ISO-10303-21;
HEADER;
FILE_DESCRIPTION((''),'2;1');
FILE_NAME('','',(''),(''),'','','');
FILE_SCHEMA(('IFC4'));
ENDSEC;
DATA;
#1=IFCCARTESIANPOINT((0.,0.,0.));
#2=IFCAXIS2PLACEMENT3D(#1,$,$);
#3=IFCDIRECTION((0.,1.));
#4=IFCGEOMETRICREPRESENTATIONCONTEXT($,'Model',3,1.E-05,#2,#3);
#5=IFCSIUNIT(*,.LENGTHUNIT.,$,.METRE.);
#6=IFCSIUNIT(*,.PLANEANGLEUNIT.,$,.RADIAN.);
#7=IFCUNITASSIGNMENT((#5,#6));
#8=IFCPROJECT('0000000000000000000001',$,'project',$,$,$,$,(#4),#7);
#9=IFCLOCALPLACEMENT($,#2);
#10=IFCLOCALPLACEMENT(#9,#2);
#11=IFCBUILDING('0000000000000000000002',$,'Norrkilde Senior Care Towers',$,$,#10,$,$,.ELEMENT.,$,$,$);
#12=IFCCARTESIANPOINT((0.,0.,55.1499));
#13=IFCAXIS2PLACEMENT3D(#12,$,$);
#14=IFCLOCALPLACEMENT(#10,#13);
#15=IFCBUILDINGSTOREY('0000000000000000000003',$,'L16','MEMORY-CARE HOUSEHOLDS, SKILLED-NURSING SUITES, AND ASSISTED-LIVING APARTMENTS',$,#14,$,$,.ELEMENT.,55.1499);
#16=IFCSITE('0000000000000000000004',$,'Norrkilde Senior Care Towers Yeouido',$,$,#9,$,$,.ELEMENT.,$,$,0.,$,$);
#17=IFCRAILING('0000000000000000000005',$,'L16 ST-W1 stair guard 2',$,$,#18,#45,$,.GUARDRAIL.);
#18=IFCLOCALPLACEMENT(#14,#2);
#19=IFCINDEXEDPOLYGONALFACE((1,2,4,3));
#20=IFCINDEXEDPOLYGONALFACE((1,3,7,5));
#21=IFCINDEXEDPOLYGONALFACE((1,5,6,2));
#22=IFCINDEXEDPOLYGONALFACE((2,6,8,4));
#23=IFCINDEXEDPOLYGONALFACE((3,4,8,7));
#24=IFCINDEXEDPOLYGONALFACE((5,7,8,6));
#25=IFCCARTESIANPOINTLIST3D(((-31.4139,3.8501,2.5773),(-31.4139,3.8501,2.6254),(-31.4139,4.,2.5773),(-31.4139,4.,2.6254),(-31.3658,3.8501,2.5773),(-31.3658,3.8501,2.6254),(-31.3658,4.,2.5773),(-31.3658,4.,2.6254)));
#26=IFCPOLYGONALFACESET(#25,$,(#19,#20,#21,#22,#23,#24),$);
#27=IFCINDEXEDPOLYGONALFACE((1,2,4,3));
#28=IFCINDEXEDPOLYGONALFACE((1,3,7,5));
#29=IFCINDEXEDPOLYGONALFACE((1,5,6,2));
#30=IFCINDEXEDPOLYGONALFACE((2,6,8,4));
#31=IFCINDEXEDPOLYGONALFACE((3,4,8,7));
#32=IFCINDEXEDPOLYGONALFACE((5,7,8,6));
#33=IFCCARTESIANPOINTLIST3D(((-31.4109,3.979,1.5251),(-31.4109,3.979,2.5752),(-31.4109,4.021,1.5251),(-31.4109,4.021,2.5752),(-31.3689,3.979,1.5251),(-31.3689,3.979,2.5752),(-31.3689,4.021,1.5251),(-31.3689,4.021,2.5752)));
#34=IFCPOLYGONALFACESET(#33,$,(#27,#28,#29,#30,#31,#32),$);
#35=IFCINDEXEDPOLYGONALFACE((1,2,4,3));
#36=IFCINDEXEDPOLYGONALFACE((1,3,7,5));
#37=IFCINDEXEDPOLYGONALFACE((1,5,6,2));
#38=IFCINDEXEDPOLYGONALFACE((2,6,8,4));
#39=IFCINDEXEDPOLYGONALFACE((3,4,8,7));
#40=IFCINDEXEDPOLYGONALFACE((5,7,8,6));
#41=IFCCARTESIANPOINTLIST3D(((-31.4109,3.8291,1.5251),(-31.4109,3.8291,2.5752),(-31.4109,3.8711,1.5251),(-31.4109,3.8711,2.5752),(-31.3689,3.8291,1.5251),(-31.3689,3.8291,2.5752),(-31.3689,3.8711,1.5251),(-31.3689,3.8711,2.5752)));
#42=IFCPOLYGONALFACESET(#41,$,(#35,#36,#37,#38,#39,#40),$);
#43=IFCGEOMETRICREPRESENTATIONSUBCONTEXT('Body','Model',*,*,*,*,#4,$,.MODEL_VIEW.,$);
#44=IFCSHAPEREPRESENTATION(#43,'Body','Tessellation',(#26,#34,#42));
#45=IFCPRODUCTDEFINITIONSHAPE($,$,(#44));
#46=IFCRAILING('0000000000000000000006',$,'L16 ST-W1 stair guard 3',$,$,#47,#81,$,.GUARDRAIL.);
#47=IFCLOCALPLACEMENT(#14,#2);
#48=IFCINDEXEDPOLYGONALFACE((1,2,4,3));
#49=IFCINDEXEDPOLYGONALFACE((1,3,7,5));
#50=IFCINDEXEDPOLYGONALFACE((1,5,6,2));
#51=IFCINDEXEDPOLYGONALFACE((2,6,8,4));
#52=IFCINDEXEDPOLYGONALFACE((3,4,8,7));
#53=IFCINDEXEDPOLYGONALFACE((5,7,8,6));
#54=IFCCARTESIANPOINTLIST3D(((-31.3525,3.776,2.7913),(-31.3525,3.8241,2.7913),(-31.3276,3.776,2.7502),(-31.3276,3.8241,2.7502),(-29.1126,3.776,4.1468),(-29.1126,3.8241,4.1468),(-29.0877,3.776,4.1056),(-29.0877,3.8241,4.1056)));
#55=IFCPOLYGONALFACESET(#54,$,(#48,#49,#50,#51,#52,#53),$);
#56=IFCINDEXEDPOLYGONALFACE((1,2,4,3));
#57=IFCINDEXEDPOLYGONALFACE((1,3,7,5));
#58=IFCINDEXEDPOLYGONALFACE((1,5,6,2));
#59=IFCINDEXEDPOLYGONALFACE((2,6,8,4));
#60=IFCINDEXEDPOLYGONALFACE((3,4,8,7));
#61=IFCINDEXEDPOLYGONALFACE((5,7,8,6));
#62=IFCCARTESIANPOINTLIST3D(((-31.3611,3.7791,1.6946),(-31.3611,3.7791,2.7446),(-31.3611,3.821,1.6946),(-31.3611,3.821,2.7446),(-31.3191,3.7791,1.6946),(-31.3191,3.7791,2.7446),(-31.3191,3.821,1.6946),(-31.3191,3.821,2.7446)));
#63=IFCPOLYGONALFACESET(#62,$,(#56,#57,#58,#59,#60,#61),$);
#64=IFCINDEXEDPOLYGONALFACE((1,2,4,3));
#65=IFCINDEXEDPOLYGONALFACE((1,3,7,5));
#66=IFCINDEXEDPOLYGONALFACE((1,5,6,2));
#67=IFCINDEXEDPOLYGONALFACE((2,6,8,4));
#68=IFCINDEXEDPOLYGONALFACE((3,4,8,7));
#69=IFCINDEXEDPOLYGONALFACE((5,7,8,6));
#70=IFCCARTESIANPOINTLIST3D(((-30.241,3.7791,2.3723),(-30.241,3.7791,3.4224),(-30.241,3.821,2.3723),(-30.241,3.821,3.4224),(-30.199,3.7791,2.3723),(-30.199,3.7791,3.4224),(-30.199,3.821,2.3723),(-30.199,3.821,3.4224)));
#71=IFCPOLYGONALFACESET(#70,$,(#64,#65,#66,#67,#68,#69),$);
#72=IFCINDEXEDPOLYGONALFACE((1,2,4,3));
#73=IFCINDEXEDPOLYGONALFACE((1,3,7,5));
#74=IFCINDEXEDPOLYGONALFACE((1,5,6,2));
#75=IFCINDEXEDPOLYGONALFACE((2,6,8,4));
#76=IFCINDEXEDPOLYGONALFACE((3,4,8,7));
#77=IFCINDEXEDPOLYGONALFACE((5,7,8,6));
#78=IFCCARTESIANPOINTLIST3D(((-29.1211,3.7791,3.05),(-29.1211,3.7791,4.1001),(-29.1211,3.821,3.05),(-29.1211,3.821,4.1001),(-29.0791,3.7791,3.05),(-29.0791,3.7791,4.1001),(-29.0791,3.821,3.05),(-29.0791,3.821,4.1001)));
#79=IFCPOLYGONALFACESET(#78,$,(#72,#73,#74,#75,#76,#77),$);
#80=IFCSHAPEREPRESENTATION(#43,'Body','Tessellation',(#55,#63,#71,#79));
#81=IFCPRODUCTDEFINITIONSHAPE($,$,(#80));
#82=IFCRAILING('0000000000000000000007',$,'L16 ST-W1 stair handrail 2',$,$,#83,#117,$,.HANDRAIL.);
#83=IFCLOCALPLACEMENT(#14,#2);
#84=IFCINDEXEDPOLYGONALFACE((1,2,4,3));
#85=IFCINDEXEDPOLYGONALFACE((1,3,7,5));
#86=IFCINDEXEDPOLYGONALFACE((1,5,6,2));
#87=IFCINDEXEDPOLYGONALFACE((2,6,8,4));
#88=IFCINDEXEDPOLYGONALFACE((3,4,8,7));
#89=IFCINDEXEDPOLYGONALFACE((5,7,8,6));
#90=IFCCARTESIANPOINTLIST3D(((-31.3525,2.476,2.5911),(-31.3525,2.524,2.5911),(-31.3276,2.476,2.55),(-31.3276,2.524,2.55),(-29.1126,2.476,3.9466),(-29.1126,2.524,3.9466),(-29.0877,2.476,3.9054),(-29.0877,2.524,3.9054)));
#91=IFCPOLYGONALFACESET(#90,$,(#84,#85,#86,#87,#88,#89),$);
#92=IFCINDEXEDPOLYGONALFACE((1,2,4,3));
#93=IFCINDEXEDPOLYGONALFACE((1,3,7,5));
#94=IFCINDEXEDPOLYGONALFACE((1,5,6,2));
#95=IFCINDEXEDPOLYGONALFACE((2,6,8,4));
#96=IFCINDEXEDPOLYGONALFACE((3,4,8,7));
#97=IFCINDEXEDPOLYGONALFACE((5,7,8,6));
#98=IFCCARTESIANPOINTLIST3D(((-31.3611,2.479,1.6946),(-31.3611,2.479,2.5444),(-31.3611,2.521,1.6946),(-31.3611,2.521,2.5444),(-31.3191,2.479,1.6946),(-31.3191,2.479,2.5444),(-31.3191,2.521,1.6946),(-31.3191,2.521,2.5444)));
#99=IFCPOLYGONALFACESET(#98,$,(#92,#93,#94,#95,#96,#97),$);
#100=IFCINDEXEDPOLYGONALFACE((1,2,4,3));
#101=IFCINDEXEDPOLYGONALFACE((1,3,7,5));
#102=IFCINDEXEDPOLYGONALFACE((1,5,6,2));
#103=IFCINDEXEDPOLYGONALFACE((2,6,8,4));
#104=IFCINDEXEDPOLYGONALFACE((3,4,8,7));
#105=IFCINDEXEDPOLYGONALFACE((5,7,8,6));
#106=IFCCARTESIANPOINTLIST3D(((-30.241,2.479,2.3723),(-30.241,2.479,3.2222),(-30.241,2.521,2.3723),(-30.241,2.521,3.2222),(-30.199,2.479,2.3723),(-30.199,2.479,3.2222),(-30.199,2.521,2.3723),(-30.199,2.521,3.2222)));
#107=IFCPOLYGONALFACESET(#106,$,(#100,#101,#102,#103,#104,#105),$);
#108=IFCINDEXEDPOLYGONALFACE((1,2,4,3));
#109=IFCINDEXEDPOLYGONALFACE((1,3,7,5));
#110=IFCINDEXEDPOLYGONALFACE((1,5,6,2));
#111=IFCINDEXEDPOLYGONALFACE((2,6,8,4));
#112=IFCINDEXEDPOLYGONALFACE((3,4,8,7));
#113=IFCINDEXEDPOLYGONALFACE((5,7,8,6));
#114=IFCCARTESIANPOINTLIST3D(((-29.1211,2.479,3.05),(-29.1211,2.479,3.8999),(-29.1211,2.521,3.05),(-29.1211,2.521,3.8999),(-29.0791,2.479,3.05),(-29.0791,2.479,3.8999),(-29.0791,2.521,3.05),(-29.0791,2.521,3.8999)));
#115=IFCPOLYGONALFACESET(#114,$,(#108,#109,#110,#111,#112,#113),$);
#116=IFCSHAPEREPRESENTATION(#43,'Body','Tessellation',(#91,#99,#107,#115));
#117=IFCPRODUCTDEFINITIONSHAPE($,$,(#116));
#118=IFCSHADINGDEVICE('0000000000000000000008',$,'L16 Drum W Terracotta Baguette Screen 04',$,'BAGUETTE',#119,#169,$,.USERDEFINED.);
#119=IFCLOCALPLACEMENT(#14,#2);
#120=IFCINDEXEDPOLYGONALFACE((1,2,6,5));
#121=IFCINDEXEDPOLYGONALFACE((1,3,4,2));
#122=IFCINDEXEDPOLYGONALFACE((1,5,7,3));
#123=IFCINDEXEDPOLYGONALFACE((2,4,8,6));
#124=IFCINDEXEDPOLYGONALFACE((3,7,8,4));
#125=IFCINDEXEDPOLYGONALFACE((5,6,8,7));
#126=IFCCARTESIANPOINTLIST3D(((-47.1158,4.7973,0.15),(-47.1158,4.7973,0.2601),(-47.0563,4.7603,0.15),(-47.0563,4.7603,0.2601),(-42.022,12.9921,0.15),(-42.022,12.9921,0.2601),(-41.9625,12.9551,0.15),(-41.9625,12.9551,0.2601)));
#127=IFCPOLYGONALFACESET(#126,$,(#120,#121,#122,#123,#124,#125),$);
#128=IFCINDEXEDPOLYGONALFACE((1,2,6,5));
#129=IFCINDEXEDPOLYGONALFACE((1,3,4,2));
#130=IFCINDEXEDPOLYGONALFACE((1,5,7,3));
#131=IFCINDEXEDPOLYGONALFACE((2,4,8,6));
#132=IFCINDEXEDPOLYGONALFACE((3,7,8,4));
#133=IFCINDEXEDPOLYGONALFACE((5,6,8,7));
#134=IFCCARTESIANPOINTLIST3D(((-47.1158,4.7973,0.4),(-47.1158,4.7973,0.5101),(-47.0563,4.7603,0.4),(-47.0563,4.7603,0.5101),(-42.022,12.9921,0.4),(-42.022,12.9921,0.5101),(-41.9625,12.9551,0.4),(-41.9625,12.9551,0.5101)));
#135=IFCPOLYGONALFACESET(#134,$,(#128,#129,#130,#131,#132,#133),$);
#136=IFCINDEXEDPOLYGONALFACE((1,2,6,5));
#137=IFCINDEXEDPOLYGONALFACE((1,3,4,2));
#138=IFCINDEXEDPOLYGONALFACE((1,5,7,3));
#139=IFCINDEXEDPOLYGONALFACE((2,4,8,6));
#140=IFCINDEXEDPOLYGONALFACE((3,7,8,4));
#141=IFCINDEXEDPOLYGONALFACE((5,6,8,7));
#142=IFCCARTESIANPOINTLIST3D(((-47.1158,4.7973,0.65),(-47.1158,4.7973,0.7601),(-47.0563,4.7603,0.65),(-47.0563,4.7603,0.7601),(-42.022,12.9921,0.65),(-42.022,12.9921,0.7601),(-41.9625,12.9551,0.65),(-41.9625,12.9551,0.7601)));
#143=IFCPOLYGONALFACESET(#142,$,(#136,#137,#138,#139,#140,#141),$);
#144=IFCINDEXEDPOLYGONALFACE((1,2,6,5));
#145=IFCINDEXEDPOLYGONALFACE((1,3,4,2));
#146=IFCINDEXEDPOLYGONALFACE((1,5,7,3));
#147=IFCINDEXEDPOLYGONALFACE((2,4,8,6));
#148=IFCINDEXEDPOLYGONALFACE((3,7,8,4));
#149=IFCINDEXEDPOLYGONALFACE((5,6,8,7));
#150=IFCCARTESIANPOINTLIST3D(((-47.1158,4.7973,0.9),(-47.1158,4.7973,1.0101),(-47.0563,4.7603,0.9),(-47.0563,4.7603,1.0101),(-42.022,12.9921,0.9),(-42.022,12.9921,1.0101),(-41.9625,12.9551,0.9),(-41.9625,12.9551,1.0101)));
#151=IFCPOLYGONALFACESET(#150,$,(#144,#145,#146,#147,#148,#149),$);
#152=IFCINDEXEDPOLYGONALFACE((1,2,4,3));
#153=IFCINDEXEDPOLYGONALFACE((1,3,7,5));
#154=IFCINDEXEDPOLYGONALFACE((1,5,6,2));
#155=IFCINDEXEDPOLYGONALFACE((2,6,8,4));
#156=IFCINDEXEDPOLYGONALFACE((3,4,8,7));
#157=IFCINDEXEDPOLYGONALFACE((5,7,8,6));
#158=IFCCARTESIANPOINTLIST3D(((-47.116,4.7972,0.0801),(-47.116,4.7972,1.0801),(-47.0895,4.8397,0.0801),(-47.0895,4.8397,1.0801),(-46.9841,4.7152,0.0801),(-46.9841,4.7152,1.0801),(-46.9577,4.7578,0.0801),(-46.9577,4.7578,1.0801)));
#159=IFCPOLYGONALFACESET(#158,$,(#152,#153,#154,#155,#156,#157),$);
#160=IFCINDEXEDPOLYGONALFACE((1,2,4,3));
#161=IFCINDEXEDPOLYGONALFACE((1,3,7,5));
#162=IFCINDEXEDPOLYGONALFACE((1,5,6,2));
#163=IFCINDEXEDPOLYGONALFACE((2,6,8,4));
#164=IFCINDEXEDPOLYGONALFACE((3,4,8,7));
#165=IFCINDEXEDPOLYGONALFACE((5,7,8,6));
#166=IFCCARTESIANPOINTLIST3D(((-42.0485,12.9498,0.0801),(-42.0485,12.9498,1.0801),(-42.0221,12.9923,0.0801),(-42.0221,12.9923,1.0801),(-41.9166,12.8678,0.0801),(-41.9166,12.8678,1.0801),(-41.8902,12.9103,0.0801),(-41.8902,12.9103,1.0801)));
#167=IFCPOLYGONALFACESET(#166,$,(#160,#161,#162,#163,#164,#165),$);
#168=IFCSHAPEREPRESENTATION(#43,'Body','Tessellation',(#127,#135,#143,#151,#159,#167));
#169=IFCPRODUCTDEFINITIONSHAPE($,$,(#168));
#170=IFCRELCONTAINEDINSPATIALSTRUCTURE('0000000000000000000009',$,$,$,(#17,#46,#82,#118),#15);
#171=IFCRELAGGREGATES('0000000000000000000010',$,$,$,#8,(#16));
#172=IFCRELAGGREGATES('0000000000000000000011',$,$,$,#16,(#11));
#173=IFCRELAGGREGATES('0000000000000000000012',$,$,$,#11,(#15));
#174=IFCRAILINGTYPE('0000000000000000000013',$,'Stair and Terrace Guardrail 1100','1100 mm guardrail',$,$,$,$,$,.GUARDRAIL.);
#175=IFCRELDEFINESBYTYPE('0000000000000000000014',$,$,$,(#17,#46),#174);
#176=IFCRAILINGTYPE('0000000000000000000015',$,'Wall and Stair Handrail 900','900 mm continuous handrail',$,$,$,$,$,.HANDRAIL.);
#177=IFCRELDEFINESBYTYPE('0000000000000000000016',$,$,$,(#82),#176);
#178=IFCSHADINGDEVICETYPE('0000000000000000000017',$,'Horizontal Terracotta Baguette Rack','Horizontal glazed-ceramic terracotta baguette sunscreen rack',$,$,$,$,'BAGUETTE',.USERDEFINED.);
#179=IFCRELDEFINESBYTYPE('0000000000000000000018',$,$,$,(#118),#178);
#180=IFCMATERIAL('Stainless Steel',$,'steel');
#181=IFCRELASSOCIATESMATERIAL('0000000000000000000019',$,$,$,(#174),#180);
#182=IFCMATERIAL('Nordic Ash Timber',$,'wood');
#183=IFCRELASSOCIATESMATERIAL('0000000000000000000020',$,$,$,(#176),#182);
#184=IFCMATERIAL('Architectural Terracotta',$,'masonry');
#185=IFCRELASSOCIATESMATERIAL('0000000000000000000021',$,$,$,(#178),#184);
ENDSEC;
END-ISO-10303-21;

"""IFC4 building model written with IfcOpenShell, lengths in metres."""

from ifc_helpers import new_model, si_unit, direction, frame, origin, origin_2d, place, context, subcontext, project, spatial, rectangle, extrude, source, transform, mapped, material, type_object, type_shapes, element, save


model = new_model("IFC4")

# Units and contexts
model_context = context("Model", 3, precision=1e-05, world=origin(), true_north=direction((0.0, 1.0)))
body_context = subcontext(model_context, "Body", "Model", "MODEL_VIEW")
ifc_project = project(units=[si_unit("LENGTHUNIT", "METRE"), si_unit("PLANEANGLEUNIT", "RADIAN")], contexts=[model_context])

# Site, building, storey
site_placement = place(None, origin())
site = spatial("IfcSite", under=ifc_project, at=site_placement, Name="Norrkilde Senior Care Towers Yeouido", CompositionType="ELEMENT", RefElevation=0.0)
building_placement = place(site_placement, origin())
building = spatial("IfcBuilding", under=site, at=building_placement, Name="Norrkilde Senior Care Towers", CompositionType="ELEMENT")
storey_placement = place(building_placement, frame((0.0, 0.0, 55.1499)))
storey = spatial("IfcBuildingStorey", under=building, at=storey_placement, Name="L16", Description="MEMORY-CARE HOUSEHOLDS, SKILLED-NURSING SUITES, AND ASSISTED-LIVING APARTMENTS", CompositionType="ELEMENT", Elevation=55.1499)

# Shared definitions
ifc_material_1 = material(Name="Stainless Steel", Category="steel")

# Railings
railing_type_1 = type_object("IfcRailingType", Name="Stair and Terrace Guardrail 1100", Description="1100 mm guardrail", PredefinedType="GUARDRAIL", material=ifc_material_1)
railing_1_placement = place(storey_placement, frame((-31.3899, 4.0, 1.5251)))
element("IfcRailing", 1, at=railing_1_placement, inside=storey, type_object=railing_type_1, Name="L16 ST-W1 stair guard 2", PredefinedType="GUARDRAIL", context=body_context, shape_type="SweptSolid", body=[
    extrude(rectangle(XDim=0.0481, YDim=0.0481, at=origin_2d()), frame((0.0, 0.0, 1.0762), z_axis=(0.0, -1.0, 0.0), x_axis=(1.0, 0.0, 0.0)), (0.0, 0.0, 1.0), 0.1499),
    extrude(rectangle(XDim=0.042, YDim=0.042, at=origin_2d()), origin(), (0.0, 0.0, 1.0), 1.05),
    extrude(rectangle(XDim=0.042, YDim=0.042, at=origin_2d()), frame((0.0, -0.1499, 0.0)), (0.0, 0.0, 1.0), 1.05),
])
railing_2_placement = place(storey_placement, frame((-31.3401, 3.8, 1.6946)))
element("IfcRailing", 2, at=railing_2_placement, inside=storey, type_object=railing_type_1, Name="L16 ST-W1 stair guard 3", PredefinedType="GUARDRAIL", context=body_context, shape_type="SweptSolid", body=[
    extrude(rectangle(XDim=0.0481, YDim=0.0481, at=origin_2d()), frame((0.0, 0.0, 1.0762), z_axis=(0.855553, 0.0, 0.517715), x_axis=(0.0, 1.0, 0.0)), (0.0, 0.0, 1.0), 2.6182),
    extrude(rectangle(XDim=0.042, YDim=0.042, at=origin_2d()), origin(), (0.0, 0.0, 1.0), 1.05),
    extrude(rectangle(XDim=0.042, YDim=0.042, at=origin_2d()), frame((1.1201, 0.0, 0.6777)), (0.0, 0.0, 1.0), 1.05),
    extrude(rectangle(XDim=0.042, YDim=0.042, at=origin_2d()), frame((2.24, 0.0, 1.3555)), (0.0, 0.0, 1.0), 1.05),
])
ifc_material_2 = material(Name="Nordic Ash Timber", Category="wood")
railing_type_2 = type_object("IfcRailingType", Name="Wall and Stair Handrail 900", Description="900 mm continuous handrail", PredefinedType="HANDRAIL", material=ifc_material_2)
railing_3_placement = place(storey_placement, frame((-31.3401, 2.5, 1.6946)))
element("IfcRailing", 3, at=railing_3_placement, inside=storey, type_object=railing_type_2, Name="L16 ST-W1 stair handrail 2", PredefinedType="HANDRAIL", context=body_context, shape_type="SweptSolid", body=[
    extrude(rectangle(XDim=0.0481, YDim=0.0481, at=origin_2d()), frame((0.0, 0.0, 0.876), z_axis=(0.855553, 0.0, 0.517715), x_axis=(0.0, 1.0, 0.0)), (0.0, 0.0, 1.0), 2.6182),
    extrude(rectangle(XDim=0.042, YDim=0.042, at=origin_2d()), origin(), (0.0, 0.0, 1.0), 0.8499),
    extrude(rectangle(XDim=0.042, YDim=0.042, at=origin_2d()), frame((1.1201, 0.0, 0.6777)), (0.0, 0.0, 1.0), 0.8499),
    extrude(rectangle(XDim=0.042, YDim=0.042, at=origin_2d()), frame((2.24, 0.0, 1.3555)), (0.0, 0.0, 1.0), 0.8499),
])

# Shading device
ifc_material_3 = material(Name="Architectural Terracotta", Category="masonry")
shading_device_type = type_object("IfcShadingDeviceType", Name="Horizontal Terracotta Baguette Rack", Description="Horizontal glazed-ceramic terracotta baguette sunscreen rack", ElementType="BAGUETTE", PredefinedType="USERDEFINED", material=ifc_material_3)
shared_shape_1 = source(origin(), body_context, "Body", "SweptSolid", [
    extrude(rectangle(XDim=0.0701, YDim=0.1101, at=origin_2d()), frame((0.0, 0.0901, 0.125), z_axis=(1.0, 0.0, 0.0), x_axis=(0.0, 1.0, 0.0)), (0.0, 0.0, 1.0), 9.6489),
    extrude(rectangle(XDim=0.0701, YDim=0.1101, at=origin_2d()), frame((0.0, 0.0901, 0.375), z_axis=(1.0, 0.0, 0.0), x_axis=(0.0, 1.0, 0.0)), (0.0, 0.0, 1.0), 9.6489),
    extrude(rectangle(XDim=0.0701, YDim=0.1101, at=origin_2d()), frame((0.0, 0.0901, 0.625), z_axis=(1.0, 0.0, 0.0), x_axis=(0.0, 1.0, 0.0)), (0.0, 0.0, 1.0), 9.6489),
    extrude(rectangle(XDim=0.0701, YDim=0.1101, at=origin_2d()), frame((0.0, 0.0901, 0.875), z_axis=(1.0, 0.0, 0.0), x_axis=(0.0, 1.0, 0.0)), (0.0, 0.0, 1.0), 9.6489),
    extrude(rectangle(XDim=0.05, YDim=0.1553, at=origin_2d()), frame((0.0249, 0.0476, 0.0)), (0.0, 0.0, 1.0), 1.0),
    extrude(rectangle(XDim=0.05, YDim=0.1553, at=origin_2d()), frame((9.624, 0.0476, 0.0)), (0.0, 0.0, 1.0), 1.0),
])
type_shapes(shading_device_type, [shared_shape_1])
shading_device_placement = place(storey_placement, frame((-47.0095, 4.7312, 0.0801), z_axis=(0.0, 0.0, 1.0), x_axis=(0.527909, 0.849299, 0.0)))
element("IfcShadingDevice", 4, at=shading_device_placement, inside=storey, type_object=shading_device_type, Name="L16 Drum W Terracotta Baguette Screen 04", ObjectType="BAGUETTE", PredefinedType="USERDEFINED", context=body_context, shape_type="MappedRepresentation", body=[
    mapped(shared_shape_1, transform((0.0, 0.0, 0.0), x_axis=(1.0, 0.0, 0.0), y_axis=(0.0, 1.0, 0.0), z_axis=(0.0, 0.0, 1.0), scale=1.0)),
])

save(model, "model.ifc")
